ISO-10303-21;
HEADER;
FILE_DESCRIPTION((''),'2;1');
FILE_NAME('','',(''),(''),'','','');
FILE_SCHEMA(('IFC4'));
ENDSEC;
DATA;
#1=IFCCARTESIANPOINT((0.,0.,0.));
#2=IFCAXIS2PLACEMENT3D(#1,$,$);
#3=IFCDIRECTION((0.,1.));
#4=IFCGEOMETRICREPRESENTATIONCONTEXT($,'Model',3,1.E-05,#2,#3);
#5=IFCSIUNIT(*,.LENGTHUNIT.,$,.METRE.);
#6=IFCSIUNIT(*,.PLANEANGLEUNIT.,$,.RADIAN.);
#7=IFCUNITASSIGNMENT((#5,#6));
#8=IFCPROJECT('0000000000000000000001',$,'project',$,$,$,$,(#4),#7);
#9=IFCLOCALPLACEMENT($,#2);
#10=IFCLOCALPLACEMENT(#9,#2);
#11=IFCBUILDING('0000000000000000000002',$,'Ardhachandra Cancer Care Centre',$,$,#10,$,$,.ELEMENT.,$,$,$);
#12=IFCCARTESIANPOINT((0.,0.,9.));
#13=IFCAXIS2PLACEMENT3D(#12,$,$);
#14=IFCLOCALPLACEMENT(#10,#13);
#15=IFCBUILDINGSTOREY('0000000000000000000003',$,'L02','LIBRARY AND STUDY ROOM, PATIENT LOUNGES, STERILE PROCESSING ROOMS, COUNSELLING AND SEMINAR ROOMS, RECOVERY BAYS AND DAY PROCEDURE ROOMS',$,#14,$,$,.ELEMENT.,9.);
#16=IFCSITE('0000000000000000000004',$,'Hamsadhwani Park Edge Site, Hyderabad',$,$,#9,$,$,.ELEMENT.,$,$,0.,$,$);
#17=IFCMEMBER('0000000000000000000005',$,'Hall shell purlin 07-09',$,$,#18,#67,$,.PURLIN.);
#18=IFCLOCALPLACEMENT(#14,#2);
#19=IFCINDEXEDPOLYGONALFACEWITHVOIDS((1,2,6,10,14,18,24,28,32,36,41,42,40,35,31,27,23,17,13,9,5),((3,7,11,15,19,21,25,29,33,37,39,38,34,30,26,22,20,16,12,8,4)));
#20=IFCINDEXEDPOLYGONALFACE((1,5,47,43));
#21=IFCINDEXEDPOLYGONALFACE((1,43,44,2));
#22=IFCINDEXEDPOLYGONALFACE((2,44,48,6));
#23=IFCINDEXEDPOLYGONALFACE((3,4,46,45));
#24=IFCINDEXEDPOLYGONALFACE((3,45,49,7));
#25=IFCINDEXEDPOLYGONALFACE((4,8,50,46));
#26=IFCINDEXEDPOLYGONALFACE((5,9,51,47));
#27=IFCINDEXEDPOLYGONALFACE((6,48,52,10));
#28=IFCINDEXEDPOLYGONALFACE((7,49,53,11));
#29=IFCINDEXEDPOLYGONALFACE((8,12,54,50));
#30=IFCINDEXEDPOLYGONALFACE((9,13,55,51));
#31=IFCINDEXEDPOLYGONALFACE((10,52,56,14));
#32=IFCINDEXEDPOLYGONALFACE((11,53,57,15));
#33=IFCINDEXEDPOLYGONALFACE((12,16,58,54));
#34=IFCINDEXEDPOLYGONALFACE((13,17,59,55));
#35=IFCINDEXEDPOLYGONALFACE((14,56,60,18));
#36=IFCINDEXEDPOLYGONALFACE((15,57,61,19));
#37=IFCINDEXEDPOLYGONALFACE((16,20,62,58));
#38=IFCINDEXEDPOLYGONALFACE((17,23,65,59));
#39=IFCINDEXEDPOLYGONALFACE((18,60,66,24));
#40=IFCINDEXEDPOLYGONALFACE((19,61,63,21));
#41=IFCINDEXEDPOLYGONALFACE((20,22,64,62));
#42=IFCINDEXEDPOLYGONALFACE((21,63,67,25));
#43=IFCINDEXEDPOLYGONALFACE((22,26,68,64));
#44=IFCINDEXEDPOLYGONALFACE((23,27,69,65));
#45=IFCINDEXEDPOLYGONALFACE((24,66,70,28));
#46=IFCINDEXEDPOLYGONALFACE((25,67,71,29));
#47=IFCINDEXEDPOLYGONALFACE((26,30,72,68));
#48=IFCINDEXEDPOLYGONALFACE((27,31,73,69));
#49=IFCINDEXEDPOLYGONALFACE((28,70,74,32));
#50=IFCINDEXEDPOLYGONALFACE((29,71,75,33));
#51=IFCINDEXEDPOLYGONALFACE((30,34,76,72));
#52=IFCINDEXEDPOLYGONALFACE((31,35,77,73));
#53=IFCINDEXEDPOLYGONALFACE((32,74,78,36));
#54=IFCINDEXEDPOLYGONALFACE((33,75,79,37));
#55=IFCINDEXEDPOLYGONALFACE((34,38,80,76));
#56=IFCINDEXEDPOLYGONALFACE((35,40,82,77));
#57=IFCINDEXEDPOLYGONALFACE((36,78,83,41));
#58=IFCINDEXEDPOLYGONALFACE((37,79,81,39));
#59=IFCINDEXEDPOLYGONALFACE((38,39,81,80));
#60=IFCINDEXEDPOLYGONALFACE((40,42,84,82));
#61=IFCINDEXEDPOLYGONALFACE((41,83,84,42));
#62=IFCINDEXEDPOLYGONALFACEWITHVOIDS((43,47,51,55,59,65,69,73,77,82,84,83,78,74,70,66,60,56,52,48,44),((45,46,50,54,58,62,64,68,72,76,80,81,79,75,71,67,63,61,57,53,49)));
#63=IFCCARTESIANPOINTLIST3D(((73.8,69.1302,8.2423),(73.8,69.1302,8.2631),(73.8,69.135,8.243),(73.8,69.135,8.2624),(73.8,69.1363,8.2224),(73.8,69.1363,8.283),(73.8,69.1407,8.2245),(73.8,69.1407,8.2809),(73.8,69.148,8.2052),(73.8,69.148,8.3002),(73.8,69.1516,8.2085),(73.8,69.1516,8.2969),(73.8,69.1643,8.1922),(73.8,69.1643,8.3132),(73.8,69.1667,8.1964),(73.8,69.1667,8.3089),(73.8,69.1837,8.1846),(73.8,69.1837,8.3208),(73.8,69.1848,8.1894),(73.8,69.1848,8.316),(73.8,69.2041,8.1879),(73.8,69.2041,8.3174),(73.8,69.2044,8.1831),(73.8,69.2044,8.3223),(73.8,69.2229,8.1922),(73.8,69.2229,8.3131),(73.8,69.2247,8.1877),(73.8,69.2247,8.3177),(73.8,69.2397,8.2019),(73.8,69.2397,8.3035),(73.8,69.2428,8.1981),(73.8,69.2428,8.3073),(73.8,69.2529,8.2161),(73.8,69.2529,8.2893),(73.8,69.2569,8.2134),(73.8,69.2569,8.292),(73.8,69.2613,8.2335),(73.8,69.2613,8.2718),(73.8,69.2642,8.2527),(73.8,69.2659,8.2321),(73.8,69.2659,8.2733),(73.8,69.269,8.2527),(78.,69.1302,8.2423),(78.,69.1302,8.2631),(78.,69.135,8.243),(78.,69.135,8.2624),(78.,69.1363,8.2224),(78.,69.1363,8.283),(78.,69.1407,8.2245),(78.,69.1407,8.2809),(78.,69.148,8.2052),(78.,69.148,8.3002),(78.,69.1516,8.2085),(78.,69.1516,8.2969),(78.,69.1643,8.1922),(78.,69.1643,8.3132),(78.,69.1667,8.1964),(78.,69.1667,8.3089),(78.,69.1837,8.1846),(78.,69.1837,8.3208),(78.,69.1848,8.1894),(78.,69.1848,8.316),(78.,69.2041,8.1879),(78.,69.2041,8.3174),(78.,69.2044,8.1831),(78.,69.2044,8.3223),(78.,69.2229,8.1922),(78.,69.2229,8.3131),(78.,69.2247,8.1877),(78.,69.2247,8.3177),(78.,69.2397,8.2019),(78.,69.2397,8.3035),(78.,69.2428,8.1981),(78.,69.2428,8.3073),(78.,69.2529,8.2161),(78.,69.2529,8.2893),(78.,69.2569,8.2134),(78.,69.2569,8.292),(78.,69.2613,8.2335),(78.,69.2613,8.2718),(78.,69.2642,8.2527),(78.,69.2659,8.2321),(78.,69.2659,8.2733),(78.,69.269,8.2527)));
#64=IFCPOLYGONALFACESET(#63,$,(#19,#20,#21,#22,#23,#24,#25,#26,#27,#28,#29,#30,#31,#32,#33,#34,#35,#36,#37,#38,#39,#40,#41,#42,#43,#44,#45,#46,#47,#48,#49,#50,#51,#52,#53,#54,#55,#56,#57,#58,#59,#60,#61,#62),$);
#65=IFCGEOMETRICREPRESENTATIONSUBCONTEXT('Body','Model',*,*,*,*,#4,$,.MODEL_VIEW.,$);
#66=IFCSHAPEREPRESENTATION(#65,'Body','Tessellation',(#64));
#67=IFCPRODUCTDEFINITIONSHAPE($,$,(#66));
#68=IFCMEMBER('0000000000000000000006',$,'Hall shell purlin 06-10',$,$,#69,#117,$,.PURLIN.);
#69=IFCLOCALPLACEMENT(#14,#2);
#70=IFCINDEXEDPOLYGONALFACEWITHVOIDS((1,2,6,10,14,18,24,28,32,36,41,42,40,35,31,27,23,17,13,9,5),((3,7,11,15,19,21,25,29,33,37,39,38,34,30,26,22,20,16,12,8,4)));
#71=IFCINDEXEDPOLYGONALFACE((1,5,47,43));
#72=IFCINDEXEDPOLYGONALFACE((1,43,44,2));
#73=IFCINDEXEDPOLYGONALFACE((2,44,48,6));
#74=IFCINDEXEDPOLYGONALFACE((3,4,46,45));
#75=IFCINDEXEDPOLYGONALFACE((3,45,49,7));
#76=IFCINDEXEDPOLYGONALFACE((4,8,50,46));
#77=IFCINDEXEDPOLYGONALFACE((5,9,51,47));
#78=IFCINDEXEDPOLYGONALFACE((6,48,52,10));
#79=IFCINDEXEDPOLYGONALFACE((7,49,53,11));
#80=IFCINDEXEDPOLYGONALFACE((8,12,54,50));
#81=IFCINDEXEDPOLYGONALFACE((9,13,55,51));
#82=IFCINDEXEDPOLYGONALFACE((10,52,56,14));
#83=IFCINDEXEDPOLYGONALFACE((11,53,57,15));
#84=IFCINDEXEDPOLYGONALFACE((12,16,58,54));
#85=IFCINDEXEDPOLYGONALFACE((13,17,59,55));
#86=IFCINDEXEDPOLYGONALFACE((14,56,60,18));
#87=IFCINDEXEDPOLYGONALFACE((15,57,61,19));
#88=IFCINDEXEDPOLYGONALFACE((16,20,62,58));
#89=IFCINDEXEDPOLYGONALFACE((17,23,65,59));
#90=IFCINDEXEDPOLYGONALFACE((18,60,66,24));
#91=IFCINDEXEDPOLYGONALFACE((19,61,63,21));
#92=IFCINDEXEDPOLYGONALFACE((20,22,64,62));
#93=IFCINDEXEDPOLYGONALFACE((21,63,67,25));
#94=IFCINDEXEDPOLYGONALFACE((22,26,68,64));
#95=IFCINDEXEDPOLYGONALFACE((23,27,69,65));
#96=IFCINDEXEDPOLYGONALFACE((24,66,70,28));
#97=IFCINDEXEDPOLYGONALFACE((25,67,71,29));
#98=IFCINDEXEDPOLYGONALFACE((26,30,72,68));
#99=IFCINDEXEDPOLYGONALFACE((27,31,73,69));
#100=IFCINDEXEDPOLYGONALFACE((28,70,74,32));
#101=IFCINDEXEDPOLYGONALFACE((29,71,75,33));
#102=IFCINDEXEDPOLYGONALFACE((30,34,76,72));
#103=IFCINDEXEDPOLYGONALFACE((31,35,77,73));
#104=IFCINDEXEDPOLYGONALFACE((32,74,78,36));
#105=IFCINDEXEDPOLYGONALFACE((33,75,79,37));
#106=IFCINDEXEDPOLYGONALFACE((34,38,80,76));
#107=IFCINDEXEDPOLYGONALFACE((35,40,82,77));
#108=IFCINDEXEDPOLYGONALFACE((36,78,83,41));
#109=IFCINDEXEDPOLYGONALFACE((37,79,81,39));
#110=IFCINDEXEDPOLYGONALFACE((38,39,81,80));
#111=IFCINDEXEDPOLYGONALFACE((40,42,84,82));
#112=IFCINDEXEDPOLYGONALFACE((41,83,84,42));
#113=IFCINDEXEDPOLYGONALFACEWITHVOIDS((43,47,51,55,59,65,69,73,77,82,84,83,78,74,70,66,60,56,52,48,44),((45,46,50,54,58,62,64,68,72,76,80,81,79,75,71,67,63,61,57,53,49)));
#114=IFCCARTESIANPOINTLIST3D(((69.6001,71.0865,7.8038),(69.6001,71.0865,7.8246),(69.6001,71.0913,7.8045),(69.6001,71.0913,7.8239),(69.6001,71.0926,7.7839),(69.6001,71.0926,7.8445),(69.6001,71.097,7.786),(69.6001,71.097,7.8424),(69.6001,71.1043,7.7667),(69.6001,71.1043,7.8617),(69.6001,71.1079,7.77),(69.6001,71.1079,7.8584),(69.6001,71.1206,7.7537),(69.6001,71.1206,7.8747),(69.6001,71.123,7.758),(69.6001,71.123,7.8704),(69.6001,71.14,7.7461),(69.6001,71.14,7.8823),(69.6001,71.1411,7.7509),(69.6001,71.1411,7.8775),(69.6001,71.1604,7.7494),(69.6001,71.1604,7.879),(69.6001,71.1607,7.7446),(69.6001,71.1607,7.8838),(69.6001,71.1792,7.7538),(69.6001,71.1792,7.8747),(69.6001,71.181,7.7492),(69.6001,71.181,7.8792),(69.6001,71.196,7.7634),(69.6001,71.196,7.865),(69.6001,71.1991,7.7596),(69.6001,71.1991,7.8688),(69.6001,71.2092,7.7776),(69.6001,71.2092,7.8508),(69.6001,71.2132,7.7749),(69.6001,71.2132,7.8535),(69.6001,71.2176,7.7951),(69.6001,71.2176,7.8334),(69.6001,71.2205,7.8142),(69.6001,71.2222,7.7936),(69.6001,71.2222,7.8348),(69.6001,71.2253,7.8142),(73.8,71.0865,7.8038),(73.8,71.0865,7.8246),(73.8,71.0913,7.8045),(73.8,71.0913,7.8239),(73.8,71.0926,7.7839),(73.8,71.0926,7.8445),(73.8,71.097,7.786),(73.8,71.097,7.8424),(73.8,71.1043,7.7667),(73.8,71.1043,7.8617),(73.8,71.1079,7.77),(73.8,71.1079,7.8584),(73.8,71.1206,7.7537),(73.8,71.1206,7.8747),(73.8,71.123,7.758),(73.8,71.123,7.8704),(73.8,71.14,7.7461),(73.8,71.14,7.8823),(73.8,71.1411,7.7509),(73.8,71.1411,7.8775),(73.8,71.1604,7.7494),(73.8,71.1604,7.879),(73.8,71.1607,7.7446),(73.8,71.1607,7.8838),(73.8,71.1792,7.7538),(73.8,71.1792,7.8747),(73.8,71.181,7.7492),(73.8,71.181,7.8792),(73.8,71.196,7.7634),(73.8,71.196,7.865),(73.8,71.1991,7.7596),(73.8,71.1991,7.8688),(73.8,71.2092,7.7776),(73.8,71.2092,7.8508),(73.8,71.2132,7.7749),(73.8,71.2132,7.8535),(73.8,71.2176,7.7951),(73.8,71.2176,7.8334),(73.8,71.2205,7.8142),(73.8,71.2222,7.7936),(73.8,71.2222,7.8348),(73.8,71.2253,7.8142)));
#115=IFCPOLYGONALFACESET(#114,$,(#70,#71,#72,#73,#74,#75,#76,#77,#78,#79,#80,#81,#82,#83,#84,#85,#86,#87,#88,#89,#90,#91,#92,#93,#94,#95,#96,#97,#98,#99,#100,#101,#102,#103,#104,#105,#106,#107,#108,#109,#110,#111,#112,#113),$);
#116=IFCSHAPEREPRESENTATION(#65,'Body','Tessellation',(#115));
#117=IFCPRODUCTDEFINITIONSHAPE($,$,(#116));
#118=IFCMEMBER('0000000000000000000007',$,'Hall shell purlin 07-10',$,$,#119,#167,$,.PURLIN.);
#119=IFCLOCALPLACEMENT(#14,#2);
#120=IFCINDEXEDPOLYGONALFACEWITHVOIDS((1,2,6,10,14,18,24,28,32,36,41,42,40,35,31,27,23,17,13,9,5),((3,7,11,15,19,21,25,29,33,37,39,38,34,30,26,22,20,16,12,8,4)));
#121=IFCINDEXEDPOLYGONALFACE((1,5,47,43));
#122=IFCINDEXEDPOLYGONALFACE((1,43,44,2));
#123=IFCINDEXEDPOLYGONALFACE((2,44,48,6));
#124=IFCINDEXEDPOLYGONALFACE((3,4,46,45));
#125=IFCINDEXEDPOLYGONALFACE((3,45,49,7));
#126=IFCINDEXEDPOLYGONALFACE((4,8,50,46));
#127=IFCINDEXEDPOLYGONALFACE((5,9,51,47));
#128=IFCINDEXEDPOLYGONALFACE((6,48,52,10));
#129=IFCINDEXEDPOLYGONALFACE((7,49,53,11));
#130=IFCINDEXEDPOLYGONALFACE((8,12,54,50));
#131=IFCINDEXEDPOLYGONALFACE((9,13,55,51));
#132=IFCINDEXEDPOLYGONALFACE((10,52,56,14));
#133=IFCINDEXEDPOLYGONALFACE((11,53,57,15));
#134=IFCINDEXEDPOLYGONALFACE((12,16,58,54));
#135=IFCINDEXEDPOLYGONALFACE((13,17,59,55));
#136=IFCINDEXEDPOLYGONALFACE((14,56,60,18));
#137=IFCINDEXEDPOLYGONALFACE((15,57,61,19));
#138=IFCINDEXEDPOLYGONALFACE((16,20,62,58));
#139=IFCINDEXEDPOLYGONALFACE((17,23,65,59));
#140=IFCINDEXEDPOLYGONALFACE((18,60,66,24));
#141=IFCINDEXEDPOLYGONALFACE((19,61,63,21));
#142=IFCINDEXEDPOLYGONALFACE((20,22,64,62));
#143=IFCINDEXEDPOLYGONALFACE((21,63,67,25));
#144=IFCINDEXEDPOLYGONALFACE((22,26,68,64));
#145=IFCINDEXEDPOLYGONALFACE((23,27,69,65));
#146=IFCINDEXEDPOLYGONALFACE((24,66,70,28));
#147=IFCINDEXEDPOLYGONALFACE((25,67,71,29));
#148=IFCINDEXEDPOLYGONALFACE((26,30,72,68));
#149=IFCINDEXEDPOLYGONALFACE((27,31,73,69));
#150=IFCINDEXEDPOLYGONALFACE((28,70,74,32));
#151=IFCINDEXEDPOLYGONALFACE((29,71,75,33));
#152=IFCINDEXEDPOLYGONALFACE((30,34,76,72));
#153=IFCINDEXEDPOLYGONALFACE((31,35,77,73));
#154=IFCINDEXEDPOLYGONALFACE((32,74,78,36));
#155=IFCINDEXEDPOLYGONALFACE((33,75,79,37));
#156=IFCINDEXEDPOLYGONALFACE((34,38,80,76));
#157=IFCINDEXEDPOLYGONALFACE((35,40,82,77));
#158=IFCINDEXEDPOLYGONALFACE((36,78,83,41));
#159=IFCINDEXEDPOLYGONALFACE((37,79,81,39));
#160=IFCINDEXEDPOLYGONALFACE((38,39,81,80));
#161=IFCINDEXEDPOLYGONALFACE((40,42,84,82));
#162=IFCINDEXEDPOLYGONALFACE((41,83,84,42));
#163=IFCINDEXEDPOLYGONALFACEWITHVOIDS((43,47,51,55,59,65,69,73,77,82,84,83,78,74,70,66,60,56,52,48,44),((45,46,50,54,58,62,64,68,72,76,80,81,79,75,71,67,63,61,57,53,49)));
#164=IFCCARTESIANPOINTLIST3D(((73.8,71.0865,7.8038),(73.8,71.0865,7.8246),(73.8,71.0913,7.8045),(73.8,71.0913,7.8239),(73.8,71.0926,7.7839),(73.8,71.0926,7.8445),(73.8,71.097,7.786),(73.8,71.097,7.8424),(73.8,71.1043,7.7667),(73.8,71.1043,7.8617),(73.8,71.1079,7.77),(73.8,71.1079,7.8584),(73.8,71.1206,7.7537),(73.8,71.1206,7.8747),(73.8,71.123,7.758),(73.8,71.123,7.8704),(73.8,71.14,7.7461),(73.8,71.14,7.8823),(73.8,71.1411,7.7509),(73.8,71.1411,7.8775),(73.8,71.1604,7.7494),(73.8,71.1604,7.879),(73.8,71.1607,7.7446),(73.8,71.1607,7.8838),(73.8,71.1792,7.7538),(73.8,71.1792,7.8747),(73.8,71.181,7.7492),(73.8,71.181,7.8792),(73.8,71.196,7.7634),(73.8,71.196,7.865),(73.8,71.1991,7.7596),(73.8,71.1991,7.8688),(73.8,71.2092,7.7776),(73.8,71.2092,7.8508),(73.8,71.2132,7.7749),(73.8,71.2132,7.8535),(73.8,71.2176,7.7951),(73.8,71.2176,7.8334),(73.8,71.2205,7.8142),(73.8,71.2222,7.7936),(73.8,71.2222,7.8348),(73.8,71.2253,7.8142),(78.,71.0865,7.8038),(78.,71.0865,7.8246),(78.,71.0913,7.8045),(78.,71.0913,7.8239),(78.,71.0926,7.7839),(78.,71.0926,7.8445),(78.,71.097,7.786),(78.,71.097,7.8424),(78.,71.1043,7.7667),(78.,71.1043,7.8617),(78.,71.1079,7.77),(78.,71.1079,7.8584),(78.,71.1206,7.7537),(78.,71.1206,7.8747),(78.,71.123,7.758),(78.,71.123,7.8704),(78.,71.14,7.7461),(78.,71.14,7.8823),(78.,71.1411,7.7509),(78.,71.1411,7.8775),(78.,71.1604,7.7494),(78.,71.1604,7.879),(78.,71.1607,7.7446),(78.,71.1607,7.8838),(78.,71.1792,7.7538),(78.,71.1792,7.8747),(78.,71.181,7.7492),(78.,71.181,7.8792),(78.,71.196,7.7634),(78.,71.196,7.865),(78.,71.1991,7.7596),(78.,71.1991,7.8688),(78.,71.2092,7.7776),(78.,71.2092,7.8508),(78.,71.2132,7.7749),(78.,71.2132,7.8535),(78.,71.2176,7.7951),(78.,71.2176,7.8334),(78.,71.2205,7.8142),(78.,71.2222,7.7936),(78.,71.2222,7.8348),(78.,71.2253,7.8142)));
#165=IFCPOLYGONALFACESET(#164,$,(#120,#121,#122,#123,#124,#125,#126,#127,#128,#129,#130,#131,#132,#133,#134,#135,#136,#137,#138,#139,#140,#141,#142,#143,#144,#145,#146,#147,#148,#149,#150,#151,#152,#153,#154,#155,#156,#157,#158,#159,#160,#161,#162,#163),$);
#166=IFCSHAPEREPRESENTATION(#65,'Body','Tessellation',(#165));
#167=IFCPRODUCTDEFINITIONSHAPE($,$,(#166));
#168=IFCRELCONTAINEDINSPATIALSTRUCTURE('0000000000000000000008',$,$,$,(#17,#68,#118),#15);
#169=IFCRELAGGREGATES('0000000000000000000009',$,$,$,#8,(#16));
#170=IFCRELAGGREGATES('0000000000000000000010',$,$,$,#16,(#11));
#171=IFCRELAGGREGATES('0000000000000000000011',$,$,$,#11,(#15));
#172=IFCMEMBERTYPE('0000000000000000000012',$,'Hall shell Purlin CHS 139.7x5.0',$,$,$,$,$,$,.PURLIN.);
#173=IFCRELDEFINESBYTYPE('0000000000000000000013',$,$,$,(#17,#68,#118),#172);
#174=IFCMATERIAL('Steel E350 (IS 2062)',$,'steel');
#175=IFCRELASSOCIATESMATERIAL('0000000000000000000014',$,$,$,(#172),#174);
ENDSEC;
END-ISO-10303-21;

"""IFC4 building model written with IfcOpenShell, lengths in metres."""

from ifc_helpers import new_model, si_unit, direction, frame, origin, origin_2d, place, context, subcontext, project, spatial, hollow_circle, extrude, material, material_profile, profile_set, type_object, element, save


model = new_model("IFC4")

# Units and contexts
model_context = context("Model", 3, precision=1e-05, world=origin(), true_north=direction((0.0, 1.0)))
body_context = subcontext(model_context, "Body", "Model", "MODEL_VIEW")
ifc_project = project(units=[si_unit("LENGTHUNIT", "METRE"), si_unit("PLANEANGLEUNIT", "RADIAN")], contexts=[model_context])

# Site, building, storey
site_placement = place(None, origin())
site = spatial("IfcSite", under=ifc_project, at=site_placement, Name="Hamsadhwani Park Edge Site, Hyderabad", CompositionType="ELEMENT", RefElevation=0.0)
building_placement = place(site_placement, origin())
building = spatial("IfcBuilding", under=site, at=building_placement, Name="Ardhachandra Cancer Care Centre", CompositionType="ELEMENT")
storey_placement = place(building_placement, frame((0.0, 0.0, 9.0)))
storey = spatial("IfcBuildingStorey", under=building, at=storey_placement, Name="L02", Description="LIBRARY AND STUDY ROOM, PATIENT LOUNGES, STERILE PROCESSING ROOMS, COUNSELLING AND SEMINAR ROOMS, RECOVERY BAYS AND DAY PROCEDURE ROOMS", CompositionType="ELEMENT", Elevation=9.0)

# Members
ifc_material_1 = material(Name="Steel E350 (IS 2062)", Category="steel")
ifc_material_profile_1 = material_profile(ifc_material_1, hollow_circle(Radius=0.0698, WallThickness=0.0049, at=origin_2d()), Name="CHS 139.7x5.0")
ifc_profile_set_1 = profile_set([ifc_material_profile_1], Name="Steel E350 (IS 2062)")
member_type_1 = type_object("IfcMemberType", Name="Hall shell Purlin CHS 139.7x5.0", PredefinedType="PURLIN", material=ifc_profile_set_1)
for number, where, z_axis, x_axis, name in (
    (1, (73.8, 69.1992, 8.2527), (1.0, 0.0, 0.0), (0.0, 1.0, 0.0), "Hall shell purlin 07-09"),
    (2, (69.6001, 71.1555, 7.8142), (1.0, 0.0, 0.0), (0.0, 1.0, 0.0), "Hall shell purlin 06-10"),
    (3, (73.8, 71.1555, 7.8142), (1.0, 0.0, 0.0), (0.0, 1.0, 0.0), "Hall shell purlin 07-10"),
):
    element("IfcMember", number, at=place(storey_placement, frame(where, z_axis=z_axis, x_axis=x_axis)), inside=storey, type_object=member_type_1, Name=name, PredefinedType="PURLIN", context=body_context, shape_type="SweptSolid", body=[
        extrude(hollow_circle(Radius=0.0698, WallThickness=0.0049, at=origin_2d()), origin(), (0.0, 0.0, 1.0), 4.2),
    ])

save(model, "model.ifc")
